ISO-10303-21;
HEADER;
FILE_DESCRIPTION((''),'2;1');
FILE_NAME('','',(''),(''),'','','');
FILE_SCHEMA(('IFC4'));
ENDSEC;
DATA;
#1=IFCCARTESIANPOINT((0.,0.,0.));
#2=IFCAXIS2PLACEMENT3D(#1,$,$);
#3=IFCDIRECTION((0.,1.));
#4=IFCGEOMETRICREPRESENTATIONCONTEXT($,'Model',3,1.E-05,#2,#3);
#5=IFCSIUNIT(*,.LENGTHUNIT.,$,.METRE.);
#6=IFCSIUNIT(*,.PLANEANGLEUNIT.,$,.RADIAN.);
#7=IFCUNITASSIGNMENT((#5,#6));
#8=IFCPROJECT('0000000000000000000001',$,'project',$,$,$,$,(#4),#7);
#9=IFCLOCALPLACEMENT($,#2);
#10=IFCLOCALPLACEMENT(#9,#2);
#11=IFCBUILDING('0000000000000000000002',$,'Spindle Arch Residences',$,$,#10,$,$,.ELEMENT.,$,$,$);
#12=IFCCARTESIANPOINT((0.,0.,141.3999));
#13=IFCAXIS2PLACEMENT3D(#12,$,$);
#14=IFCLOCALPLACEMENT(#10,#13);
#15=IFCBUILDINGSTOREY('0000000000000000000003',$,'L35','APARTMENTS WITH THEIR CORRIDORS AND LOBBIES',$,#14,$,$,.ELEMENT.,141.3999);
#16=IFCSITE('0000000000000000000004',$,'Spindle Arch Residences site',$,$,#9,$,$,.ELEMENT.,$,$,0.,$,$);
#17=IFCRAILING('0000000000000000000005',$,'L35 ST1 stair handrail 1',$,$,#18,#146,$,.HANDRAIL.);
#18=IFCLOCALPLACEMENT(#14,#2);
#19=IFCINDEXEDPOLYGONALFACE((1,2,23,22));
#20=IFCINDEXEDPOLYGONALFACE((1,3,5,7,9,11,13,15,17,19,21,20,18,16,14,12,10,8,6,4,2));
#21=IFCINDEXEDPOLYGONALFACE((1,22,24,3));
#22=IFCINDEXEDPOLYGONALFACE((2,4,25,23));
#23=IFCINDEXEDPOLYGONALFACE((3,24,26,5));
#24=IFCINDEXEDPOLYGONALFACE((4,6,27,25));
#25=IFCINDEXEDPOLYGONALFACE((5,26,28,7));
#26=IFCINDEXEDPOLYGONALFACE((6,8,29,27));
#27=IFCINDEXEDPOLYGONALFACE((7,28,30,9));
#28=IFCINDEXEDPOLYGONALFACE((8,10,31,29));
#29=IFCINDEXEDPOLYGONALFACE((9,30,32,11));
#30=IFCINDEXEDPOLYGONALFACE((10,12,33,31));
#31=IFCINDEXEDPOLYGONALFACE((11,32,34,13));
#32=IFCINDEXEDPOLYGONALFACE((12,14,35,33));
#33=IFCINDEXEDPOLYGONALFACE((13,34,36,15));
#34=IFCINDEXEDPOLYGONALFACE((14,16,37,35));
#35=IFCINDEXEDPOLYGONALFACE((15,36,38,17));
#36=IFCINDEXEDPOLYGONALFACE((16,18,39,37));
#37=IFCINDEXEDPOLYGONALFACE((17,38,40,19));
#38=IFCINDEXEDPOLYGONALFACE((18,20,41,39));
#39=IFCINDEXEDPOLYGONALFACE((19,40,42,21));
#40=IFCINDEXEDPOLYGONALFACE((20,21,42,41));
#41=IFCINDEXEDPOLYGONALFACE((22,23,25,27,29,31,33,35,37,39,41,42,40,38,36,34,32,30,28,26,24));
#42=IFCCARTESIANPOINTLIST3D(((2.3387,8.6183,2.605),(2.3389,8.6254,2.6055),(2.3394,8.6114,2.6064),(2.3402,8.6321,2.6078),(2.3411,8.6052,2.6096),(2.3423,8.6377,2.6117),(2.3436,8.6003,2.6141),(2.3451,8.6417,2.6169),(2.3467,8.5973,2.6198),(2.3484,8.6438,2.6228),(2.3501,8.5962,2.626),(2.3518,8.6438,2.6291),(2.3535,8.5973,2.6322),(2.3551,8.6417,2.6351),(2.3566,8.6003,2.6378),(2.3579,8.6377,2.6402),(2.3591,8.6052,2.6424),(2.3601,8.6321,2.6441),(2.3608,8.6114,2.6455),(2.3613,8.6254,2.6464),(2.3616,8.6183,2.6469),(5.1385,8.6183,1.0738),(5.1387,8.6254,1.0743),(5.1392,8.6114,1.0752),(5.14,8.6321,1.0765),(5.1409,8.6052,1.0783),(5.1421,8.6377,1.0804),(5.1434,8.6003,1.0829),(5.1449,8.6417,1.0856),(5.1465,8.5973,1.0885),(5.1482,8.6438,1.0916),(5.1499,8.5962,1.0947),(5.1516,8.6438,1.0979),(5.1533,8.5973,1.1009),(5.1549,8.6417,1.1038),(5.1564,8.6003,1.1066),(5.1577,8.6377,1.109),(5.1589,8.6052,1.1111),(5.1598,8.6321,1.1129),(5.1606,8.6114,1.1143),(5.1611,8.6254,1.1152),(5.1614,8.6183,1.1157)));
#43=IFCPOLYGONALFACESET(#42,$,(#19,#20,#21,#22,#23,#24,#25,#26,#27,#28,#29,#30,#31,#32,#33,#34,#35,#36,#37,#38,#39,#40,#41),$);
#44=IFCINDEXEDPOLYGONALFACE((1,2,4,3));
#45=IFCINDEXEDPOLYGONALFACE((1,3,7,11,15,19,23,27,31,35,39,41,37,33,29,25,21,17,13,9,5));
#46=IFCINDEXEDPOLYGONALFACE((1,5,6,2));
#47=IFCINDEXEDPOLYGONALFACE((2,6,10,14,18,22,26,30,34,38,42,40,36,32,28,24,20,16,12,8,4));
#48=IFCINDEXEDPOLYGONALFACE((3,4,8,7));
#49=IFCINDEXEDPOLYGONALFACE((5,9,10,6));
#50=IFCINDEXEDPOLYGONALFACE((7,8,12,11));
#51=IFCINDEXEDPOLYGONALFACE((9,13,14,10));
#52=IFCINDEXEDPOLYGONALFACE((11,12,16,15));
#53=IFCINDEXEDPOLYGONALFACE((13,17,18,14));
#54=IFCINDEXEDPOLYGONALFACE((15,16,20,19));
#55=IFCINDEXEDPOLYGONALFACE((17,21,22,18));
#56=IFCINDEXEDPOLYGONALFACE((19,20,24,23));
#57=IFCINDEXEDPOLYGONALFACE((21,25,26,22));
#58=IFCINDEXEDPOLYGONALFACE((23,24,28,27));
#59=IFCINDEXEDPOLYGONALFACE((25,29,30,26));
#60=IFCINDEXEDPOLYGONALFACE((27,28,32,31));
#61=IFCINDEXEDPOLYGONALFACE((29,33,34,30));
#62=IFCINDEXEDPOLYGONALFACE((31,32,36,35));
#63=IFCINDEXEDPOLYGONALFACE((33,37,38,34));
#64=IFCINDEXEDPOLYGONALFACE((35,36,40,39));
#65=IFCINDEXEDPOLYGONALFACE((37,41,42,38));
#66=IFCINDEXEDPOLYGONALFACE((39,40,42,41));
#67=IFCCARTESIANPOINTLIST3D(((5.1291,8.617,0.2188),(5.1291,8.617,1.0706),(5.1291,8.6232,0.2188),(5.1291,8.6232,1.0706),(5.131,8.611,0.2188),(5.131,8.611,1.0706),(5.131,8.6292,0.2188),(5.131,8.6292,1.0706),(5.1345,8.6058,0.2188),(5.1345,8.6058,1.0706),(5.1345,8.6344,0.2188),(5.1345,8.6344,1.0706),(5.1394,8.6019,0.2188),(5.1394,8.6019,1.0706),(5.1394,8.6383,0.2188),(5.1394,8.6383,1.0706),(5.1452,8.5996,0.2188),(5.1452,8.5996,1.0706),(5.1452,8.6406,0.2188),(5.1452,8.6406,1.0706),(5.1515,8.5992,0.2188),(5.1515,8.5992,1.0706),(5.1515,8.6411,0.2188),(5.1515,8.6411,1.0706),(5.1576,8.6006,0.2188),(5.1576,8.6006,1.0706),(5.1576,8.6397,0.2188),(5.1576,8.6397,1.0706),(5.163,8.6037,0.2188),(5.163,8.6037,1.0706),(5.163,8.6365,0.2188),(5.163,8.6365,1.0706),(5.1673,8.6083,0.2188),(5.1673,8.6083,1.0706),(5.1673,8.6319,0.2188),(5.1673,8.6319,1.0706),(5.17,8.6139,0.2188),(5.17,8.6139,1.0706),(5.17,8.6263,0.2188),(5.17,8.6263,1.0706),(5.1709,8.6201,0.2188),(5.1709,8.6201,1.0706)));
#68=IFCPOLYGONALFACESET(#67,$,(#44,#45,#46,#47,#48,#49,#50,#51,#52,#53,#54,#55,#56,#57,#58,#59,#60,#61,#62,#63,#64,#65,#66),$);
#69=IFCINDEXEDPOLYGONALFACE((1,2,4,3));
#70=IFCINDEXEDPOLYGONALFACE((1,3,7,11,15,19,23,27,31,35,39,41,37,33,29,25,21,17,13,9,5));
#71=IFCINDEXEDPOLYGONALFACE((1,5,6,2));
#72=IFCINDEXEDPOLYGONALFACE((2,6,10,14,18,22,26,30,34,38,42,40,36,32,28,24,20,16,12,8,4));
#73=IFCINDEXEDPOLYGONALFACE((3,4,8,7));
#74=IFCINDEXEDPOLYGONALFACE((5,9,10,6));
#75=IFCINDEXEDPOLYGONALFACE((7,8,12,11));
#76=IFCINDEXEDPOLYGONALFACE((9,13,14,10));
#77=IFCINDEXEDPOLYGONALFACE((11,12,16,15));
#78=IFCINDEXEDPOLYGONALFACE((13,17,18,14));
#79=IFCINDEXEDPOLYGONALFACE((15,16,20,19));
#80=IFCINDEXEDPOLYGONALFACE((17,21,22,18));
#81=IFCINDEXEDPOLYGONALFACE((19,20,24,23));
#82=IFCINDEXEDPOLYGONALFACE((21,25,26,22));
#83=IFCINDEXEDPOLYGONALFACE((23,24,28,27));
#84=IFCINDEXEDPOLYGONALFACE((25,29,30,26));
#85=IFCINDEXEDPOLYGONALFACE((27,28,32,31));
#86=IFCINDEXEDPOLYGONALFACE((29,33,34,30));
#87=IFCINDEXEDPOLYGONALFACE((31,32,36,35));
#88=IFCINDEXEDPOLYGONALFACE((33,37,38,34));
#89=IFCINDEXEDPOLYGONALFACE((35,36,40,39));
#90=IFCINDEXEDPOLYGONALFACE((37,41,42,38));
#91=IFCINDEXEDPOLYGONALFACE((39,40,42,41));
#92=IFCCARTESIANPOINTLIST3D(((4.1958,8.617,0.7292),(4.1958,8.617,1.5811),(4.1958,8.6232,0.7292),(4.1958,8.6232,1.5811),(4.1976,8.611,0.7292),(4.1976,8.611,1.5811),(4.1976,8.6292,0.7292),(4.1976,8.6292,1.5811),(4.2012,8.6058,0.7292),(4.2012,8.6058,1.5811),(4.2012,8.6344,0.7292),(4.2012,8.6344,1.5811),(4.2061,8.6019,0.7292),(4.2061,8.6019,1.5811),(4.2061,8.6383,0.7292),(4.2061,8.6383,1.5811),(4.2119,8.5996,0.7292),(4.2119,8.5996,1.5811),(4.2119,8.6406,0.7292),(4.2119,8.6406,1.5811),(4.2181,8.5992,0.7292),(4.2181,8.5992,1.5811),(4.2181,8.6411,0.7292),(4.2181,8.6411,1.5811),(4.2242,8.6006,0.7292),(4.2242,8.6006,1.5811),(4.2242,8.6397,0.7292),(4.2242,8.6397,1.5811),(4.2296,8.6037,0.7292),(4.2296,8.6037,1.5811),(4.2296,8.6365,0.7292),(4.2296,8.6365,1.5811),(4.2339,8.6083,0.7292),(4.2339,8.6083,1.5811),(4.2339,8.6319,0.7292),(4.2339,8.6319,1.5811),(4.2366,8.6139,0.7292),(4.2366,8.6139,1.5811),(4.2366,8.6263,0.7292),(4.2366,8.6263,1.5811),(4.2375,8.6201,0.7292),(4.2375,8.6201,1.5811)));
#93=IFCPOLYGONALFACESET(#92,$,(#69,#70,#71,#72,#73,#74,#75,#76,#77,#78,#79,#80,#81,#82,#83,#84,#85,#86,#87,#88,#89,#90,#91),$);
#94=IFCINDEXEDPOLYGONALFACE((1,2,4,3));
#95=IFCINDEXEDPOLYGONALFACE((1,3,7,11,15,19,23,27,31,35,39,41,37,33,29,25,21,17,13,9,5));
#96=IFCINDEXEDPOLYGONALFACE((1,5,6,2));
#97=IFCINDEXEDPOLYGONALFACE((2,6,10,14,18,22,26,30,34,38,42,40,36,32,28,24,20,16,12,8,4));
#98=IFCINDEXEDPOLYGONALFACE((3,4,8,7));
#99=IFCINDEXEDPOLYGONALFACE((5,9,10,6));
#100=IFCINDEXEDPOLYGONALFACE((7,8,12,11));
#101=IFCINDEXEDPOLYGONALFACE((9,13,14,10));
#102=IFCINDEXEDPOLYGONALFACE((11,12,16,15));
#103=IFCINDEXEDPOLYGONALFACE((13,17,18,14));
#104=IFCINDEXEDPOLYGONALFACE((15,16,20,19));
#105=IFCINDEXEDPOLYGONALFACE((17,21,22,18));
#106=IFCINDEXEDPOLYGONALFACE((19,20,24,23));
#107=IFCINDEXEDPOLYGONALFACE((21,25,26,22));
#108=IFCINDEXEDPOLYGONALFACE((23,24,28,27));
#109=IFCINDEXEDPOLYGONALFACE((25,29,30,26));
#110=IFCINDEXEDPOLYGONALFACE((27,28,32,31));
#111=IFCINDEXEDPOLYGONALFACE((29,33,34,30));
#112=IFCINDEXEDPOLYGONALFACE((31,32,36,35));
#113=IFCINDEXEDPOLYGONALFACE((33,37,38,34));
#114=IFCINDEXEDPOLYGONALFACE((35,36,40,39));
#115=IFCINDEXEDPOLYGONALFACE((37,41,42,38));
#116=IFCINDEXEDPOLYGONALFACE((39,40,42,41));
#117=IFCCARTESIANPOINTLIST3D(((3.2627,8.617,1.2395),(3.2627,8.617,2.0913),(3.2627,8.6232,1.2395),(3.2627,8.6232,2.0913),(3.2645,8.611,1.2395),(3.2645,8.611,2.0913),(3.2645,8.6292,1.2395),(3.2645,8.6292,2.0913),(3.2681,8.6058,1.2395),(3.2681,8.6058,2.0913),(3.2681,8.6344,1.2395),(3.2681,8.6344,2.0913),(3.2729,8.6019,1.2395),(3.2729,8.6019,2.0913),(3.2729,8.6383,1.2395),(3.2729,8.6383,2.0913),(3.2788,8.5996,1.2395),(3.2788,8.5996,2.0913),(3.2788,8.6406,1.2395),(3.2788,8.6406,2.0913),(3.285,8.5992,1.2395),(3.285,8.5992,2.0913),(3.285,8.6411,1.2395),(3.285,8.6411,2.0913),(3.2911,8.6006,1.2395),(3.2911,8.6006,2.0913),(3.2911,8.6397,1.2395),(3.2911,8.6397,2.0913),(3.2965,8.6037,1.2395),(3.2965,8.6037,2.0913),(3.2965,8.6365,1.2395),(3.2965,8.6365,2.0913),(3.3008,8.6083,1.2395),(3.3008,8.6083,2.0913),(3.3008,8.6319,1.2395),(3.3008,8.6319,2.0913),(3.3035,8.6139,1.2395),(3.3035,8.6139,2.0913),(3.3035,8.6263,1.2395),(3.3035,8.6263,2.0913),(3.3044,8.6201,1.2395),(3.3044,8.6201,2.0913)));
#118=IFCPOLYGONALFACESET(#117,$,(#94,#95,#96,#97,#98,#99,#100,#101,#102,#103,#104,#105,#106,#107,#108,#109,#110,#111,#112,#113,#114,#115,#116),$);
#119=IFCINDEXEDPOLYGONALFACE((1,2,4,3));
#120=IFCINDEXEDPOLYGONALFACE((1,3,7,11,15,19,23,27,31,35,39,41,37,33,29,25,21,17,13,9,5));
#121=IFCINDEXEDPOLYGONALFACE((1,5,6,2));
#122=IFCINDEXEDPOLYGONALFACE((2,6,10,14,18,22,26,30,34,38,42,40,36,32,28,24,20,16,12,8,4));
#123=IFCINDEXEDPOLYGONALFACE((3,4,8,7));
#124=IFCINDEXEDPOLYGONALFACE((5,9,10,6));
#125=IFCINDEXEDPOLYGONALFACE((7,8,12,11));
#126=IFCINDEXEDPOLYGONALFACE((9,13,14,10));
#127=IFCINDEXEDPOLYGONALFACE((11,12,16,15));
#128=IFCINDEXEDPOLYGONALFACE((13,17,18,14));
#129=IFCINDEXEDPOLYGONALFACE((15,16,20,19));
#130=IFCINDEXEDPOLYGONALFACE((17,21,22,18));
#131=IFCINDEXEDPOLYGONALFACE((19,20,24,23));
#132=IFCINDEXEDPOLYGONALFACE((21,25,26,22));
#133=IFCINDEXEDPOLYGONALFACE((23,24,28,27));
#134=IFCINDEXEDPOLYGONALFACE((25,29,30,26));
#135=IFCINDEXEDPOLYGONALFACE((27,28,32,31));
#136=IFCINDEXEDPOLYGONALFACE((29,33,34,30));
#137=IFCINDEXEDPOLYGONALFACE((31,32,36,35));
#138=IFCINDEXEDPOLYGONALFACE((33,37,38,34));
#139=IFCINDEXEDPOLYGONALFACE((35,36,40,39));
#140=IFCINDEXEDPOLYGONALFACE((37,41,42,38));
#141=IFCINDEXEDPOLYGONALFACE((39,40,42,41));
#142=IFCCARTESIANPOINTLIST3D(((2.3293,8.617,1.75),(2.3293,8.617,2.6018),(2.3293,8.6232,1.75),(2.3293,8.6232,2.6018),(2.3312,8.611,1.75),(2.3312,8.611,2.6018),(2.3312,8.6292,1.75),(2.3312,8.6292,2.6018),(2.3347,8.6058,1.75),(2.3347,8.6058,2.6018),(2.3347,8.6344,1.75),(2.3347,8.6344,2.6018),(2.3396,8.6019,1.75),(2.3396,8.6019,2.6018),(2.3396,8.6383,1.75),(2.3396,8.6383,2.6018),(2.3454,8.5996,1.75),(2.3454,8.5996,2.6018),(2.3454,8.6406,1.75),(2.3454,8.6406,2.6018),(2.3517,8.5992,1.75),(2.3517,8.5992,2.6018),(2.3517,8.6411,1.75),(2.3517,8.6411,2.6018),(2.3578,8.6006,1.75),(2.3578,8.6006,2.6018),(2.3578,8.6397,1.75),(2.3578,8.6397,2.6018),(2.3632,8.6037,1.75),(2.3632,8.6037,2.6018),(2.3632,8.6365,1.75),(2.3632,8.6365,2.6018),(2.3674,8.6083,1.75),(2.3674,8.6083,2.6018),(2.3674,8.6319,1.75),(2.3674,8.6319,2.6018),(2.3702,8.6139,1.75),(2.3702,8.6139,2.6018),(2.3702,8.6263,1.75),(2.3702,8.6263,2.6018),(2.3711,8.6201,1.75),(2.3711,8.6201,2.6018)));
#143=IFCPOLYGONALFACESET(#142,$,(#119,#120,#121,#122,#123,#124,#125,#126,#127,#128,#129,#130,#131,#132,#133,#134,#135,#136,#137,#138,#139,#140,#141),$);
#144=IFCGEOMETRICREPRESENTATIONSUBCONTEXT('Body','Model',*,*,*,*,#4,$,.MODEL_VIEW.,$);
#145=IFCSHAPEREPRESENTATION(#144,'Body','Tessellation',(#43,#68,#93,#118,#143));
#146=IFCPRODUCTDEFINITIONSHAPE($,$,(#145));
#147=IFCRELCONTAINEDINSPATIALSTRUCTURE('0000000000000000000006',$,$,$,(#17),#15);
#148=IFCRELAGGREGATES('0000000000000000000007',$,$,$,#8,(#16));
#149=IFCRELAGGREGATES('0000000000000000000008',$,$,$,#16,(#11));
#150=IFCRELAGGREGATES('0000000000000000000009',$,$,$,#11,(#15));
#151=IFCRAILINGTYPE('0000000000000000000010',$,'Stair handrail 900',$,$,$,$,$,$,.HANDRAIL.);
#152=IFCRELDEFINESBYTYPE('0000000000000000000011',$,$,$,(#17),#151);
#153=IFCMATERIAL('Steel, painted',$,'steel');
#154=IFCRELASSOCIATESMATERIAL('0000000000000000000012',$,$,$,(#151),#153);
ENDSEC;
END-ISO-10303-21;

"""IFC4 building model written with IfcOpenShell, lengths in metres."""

from ifc_helpers import new_model, si_unit, direction, frame, origin, origin_2d, place, context, subcontext, project, spatial, circle, extrude, material, type_object, element, save


model = new_model("IFC4")

# Units and contexts
model_context = context("Model", 3, precision=1e-05, world=origin(), true_north=direction((0.0, 1.0)))
body_context = subcontext(model_context, "Body", "Model", "MODEL_VIEW")
ifc_project = project(units=[si_unit("LENGTHUNIT", "METRE"), si_unit("PLANEANGLEUNIT", "RADIAN")], contexts=[model_context])

# Site, building, storey
site_placement = place(None, origin())
site = spatial("IfcSite", under=ifc_project, at=site_placement, Name="Spindle Arch Residences site", CompositionType="ELEMENT", RefElevation=0.0)
building_placement = place(site_placement, origin())
building = spatial("IfcBuilding", under=site, at=building_placement, Name="Spindle Arch Residences", CompositionType="ELEMENT")
storey_placement = place(building_placement, frame((0.0, 0.0, 141.3999)))
storey = spatial("IfcBuildingStorey", under=building, at=storey_placement, Name="L35", Description="APARTMENTS WITH THEIR CORRIDORS AND LOBBIES", CompositionType="ELEMENT", Elevation=141.3999)

# Railing
ifc_material_1 = material(Name="Steel, painted", Category="steel")
railing_type = type_object("IfcRailingType", Name="Stair handrail 900", PredefinedType="HANDRAIL", material=ifc_material_1)
railing_placement = place(storey_placement, frame((5.1499, 8.6201, 0.2188)))
element("IfcRailing", 1, at=railing_placement, inside=storey, type_object=railing_type, Name="L35 ST1 stair handrail 1", PredefinedType="HANDRAIL", context=body_context, shape_type="SweptSolid", body=[
    extrude(circle(Radius=0.0239, at=origin_2d()), frame((0.0, 0.0, 0.876), z_axis=(-0.877357, 0.0, 0.479838), x_axis=(0.0, -1.0, 0.0)), (0.0, 0.0, 1.0), 3.1912),
    extrude(circle(Radius=0.021, at=origin_2d()), origin(), (0.0, 0.0, 1.0), 0.8518),
    extrude(circle(Radius=0.021, at=origin_2d()), frame((-0.9333, 0.0, 0.5105)), (0.0, 0.0, 1.0), 0.8518),
    extrude(circle(Radius=0.021, at=origin_2d()), frame((-1.8665, 0.0, 1.0208)), (0.0, 0.0, 1.0), 0.8518),
    extrude(circle(Radius=0.021, at=origin_2d()), frame((-2.7998, 0.0, 1.5312)), (0.0, 0.0, 1.0), 0.8518),
])

save(model, "model.ifc")
